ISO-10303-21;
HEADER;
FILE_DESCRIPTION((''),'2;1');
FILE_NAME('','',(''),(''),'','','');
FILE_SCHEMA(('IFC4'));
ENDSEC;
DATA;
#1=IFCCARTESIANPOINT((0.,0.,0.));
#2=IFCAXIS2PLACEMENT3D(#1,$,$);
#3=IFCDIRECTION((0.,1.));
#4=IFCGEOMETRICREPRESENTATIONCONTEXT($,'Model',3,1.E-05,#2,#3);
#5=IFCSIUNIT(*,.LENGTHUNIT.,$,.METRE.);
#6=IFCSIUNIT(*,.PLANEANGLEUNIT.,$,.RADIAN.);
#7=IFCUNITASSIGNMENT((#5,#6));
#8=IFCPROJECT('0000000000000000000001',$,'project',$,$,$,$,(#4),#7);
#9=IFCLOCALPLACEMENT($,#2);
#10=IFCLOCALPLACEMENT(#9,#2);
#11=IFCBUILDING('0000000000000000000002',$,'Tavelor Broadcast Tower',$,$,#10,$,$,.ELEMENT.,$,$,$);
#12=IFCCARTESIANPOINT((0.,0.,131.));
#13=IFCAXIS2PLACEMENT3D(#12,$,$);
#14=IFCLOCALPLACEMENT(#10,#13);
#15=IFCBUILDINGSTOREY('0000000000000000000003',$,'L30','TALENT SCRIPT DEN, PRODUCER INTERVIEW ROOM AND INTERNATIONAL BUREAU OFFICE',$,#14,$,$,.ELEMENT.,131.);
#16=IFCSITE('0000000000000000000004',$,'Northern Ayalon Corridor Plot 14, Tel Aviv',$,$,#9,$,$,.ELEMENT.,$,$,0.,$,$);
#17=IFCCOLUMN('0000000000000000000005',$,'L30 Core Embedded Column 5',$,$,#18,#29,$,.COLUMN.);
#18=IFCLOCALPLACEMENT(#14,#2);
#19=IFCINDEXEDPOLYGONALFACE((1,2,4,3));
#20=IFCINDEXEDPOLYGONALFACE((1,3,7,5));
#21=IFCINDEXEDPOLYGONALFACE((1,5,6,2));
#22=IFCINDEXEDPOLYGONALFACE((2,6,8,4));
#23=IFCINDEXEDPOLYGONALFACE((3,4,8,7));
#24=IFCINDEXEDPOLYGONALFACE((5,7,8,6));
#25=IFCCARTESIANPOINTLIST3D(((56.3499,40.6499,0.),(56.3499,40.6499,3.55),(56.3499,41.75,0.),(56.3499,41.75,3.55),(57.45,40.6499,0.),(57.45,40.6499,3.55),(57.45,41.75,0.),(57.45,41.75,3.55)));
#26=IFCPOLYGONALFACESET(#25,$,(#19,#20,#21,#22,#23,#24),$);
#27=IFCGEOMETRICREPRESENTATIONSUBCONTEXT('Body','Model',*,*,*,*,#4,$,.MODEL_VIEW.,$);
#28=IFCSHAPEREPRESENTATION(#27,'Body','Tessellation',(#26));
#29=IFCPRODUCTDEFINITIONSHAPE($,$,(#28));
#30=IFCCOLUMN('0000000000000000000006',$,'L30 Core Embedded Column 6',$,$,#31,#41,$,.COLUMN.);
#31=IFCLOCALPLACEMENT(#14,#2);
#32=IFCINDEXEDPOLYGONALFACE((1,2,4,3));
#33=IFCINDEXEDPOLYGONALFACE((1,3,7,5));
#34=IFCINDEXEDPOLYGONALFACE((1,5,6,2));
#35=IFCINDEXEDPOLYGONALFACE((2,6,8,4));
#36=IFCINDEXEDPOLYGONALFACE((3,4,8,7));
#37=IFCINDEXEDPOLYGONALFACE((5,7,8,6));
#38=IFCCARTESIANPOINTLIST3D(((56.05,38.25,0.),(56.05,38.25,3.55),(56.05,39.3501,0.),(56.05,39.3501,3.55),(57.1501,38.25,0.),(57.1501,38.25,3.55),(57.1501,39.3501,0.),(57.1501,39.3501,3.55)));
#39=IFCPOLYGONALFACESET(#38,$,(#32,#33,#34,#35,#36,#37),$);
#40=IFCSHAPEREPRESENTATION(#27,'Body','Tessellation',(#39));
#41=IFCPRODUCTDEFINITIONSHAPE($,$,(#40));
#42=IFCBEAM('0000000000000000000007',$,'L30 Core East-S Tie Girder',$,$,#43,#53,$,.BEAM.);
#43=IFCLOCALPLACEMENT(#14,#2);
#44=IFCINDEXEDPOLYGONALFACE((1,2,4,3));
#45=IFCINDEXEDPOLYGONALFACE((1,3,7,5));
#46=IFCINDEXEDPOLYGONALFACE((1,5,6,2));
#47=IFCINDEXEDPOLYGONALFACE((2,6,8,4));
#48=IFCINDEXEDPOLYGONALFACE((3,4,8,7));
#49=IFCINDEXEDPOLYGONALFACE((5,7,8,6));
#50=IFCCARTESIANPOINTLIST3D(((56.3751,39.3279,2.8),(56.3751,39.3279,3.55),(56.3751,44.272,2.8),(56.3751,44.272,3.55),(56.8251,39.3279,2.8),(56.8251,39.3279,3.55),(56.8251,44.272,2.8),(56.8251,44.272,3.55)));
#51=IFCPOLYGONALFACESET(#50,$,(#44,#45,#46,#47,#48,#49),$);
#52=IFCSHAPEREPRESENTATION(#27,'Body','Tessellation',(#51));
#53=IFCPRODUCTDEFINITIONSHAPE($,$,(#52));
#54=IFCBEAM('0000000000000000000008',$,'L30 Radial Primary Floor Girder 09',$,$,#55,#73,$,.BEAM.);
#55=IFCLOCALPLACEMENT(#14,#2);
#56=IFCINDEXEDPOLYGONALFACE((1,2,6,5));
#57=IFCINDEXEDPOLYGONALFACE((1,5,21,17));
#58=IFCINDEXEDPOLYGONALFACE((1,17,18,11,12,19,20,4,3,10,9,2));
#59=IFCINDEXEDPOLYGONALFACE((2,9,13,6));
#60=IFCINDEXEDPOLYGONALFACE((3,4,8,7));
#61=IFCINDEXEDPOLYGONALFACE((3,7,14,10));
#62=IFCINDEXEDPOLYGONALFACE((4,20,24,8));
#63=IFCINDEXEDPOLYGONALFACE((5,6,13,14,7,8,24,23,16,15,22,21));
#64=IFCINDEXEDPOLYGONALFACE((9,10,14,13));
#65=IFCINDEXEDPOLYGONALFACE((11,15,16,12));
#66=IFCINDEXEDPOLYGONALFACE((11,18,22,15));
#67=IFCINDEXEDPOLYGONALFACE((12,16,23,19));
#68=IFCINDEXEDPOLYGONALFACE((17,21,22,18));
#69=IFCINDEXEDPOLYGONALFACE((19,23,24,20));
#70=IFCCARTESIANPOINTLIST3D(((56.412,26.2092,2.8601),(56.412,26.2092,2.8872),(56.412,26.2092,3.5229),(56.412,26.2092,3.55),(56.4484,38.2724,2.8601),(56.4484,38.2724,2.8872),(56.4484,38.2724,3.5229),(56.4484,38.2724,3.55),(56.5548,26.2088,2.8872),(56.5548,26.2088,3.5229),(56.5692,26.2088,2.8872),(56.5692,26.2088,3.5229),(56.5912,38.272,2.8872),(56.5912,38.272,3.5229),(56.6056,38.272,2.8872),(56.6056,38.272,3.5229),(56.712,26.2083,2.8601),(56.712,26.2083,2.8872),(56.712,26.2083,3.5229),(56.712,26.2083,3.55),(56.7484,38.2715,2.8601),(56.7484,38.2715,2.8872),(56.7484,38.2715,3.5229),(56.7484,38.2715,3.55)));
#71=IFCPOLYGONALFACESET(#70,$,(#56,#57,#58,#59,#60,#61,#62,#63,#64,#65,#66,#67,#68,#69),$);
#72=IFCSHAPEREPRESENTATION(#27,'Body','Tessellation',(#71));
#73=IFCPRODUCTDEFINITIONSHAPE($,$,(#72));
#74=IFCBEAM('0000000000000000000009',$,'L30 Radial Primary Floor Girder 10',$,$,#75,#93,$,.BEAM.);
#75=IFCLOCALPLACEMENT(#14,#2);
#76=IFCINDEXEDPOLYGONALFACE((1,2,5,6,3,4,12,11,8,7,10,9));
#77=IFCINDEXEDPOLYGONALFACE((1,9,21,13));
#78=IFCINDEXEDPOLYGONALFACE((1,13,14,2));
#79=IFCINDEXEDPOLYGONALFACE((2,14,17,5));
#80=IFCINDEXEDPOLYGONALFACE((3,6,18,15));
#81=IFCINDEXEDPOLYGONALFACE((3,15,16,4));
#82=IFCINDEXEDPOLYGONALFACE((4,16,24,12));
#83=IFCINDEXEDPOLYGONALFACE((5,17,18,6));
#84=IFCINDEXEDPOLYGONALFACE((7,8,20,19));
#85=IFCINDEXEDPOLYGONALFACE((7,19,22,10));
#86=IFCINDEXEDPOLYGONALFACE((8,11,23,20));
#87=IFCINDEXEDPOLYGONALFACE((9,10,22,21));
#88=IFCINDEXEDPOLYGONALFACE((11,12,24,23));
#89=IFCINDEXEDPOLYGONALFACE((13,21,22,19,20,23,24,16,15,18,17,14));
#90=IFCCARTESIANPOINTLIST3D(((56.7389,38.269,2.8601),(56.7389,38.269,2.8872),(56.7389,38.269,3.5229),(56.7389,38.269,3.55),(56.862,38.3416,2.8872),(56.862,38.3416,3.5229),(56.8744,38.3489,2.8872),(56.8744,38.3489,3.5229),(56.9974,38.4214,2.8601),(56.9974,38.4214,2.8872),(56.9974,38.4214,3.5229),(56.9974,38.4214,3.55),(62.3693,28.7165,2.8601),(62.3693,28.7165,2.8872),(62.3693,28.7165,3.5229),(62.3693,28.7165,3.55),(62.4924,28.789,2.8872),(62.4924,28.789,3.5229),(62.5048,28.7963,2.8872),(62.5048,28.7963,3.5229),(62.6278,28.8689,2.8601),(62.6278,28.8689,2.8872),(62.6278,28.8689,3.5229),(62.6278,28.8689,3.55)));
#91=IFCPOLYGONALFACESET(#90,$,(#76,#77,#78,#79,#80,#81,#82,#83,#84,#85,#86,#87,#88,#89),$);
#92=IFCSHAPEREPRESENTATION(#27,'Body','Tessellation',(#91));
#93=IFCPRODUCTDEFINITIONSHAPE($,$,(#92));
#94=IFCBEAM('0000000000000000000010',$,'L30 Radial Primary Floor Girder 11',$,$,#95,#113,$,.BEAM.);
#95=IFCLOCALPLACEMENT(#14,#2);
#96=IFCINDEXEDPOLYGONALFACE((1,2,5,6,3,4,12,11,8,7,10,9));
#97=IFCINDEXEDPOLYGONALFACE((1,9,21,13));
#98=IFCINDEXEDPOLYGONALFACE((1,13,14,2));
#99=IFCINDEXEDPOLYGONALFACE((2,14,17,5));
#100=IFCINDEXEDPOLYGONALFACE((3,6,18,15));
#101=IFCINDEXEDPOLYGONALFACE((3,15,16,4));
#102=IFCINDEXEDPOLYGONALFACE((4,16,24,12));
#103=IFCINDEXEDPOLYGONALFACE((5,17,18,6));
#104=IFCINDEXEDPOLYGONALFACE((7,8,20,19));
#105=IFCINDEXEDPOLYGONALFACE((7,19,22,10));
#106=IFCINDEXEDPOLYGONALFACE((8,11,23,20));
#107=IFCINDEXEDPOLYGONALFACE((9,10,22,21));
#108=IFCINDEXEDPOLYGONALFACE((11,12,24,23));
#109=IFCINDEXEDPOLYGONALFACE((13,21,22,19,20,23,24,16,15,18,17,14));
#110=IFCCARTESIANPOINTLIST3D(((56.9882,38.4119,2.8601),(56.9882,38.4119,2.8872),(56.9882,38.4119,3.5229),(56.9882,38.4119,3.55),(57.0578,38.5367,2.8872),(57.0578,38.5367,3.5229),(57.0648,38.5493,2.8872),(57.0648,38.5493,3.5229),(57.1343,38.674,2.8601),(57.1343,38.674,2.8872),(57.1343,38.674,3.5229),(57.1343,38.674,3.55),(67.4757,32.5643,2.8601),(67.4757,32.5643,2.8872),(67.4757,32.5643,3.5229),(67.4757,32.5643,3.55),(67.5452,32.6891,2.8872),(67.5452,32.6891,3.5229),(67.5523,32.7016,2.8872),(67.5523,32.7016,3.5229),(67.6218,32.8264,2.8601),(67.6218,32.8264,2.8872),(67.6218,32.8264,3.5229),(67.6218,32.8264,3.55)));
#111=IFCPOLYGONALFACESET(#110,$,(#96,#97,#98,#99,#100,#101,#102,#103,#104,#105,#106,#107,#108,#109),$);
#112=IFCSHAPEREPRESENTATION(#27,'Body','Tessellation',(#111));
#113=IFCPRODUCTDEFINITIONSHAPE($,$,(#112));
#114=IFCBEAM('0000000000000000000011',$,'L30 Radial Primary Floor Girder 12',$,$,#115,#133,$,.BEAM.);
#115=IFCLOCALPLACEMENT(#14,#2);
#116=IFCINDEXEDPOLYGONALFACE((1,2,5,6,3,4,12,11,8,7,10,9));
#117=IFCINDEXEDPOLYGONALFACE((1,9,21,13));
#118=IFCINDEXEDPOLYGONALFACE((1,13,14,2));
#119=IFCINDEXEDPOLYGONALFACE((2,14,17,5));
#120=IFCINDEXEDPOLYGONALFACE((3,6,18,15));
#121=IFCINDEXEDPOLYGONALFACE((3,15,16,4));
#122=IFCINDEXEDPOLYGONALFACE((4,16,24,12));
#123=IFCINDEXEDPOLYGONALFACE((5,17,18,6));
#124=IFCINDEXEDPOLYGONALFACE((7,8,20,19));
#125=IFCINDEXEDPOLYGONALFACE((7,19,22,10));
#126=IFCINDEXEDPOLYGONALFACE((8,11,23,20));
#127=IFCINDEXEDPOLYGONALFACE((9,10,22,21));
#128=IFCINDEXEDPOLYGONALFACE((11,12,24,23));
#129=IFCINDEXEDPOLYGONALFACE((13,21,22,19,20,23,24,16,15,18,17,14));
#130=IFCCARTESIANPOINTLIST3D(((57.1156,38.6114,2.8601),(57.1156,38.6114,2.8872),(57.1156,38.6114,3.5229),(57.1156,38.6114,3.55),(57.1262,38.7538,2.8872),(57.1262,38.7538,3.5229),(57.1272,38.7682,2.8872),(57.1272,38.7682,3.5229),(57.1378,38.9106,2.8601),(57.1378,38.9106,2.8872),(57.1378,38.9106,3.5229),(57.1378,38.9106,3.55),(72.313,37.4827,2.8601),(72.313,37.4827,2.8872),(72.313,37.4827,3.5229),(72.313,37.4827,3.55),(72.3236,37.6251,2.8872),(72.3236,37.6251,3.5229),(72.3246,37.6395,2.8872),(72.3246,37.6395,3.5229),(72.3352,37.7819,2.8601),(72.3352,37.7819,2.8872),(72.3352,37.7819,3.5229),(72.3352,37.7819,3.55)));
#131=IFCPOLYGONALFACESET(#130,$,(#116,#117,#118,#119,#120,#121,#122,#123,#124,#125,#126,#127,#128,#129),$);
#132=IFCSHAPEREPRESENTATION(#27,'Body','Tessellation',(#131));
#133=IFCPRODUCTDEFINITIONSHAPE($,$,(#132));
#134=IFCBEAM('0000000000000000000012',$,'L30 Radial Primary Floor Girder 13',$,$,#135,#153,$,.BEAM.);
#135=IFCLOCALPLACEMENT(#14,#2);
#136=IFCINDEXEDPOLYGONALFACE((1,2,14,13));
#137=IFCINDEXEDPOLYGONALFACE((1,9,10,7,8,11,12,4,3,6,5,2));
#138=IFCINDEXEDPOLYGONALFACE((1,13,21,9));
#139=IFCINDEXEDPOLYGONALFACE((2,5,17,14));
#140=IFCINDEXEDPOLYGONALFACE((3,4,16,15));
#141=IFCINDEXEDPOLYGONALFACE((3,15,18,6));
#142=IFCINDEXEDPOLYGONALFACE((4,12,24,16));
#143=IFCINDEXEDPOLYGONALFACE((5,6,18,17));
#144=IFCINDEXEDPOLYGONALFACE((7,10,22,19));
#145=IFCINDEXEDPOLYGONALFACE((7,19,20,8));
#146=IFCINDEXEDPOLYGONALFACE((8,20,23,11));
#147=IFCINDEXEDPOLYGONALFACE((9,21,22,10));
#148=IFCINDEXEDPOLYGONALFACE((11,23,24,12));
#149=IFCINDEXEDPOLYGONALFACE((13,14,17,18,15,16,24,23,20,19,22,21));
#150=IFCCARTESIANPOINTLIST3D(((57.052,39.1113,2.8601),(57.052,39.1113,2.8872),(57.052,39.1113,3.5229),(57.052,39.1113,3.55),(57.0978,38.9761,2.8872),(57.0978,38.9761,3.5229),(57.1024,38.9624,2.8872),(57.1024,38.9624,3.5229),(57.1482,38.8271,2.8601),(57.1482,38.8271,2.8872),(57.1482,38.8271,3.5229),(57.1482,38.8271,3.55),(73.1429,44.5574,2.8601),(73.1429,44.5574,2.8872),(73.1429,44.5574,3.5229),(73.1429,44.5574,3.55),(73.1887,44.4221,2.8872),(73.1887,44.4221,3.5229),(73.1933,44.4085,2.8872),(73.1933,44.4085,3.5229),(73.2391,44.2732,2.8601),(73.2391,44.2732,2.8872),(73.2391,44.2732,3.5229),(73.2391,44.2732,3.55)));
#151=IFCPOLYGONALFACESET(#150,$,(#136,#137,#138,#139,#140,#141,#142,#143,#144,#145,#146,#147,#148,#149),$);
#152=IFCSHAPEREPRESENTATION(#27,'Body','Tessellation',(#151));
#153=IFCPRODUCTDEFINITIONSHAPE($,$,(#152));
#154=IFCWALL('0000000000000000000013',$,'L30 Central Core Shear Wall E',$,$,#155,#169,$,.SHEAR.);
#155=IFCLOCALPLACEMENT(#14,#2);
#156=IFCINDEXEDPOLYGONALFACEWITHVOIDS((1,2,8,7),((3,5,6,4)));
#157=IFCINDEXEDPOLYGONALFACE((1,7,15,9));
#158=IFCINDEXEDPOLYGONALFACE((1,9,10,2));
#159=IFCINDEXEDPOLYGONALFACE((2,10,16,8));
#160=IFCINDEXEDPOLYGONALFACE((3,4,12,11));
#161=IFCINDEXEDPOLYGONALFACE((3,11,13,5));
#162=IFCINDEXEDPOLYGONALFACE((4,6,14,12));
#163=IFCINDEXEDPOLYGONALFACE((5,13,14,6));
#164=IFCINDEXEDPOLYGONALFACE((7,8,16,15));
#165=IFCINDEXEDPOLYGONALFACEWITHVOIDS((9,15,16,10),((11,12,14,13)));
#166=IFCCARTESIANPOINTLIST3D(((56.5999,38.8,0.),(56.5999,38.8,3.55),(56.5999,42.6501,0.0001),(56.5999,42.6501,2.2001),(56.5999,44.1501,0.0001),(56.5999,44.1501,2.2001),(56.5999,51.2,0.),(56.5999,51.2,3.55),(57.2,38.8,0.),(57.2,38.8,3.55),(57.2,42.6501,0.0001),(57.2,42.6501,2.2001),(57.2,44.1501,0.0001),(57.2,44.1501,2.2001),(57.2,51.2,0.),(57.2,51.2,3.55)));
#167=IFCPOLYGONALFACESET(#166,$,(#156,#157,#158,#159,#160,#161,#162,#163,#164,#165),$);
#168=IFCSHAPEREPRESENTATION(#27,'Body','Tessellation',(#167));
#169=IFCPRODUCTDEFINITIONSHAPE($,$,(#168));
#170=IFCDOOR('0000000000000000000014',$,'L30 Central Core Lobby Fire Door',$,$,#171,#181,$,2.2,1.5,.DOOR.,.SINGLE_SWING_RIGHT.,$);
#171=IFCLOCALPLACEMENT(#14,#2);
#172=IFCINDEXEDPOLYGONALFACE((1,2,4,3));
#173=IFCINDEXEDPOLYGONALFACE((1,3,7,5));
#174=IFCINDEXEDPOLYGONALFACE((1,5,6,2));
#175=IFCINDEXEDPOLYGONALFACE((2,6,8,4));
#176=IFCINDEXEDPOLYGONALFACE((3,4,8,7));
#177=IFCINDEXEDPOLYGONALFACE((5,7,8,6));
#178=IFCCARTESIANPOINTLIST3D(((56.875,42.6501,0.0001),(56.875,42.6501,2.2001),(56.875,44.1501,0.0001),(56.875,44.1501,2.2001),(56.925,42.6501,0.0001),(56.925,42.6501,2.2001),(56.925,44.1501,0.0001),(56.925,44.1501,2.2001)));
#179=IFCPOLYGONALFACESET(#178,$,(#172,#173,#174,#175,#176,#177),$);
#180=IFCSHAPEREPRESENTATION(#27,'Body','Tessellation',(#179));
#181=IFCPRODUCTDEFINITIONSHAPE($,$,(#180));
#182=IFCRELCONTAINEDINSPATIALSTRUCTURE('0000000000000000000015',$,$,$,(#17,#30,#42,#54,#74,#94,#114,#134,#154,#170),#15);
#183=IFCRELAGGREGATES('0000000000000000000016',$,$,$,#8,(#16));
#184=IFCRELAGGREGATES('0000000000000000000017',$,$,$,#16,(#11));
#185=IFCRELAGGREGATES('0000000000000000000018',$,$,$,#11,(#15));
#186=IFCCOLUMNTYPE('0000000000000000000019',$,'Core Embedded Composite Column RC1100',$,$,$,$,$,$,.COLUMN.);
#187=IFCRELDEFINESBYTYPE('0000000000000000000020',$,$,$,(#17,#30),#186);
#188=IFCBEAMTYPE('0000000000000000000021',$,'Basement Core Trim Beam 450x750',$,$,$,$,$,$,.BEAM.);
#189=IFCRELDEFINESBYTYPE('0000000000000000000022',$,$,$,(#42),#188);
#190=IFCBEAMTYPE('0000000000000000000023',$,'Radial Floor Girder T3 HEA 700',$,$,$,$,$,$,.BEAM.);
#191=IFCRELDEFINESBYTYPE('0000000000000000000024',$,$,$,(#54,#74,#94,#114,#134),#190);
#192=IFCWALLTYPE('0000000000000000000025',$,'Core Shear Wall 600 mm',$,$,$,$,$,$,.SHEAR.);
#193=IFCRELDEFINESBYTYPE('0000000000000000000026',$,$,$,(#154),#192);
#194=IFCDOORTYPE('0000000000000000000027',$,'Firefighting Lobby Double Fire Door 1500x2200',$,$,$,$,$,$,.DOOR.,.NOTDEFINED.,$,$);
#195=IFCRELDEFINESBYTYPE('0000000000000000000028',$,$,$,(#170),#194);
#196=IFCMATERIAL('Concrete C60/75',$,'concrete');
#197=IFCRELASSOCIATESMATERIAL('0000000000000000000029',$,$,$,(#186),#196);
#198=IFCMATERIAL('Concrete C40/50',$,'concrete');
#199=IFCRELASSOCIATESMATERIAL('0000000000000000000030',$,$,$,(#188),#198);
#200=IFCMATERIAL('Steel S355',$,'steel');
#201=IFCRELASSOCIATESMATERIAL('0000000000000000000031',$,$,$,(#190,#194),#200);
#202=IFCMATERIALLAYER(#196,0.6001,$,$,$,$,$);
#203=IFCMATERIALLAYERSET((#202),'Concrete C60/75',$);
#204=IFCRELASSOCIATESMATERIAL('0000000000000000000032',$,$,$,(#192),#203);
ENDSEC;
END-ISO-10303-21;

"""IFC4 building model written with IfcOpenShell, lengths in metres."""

from ifc_helpers import new_model, si_unit, direction, frame, frame_2d, origin, origin_2d, place, context, subcontext, project, spatial, rectangle, i_section, extrude, material, layer, layer_set, material_profile, profile_set, type_object, element, fill, save


model = new_model("IFC4")

# Units and contexts
model_context = context("Model", 3, precision=1e-05, world=origin(), true_north=direction((0.0, 1.0)))
body_context = subcontext(model_context, "Body", "Model", "MODEL_VIEW")
ifc_project = project(units=[si_unit("LENGTHUNIT", "METRE"), si_unit("PLANEANGLEUNIT", "RADIAN")], contexts=[model_context])

# Site, building, storey
site_placement = place(None, origin())
site = spatial("IfcSite", under=ifc_project, at=site_placement, Name="Northern Ayalon Corridor Plot 14, Tel Aviv", CompositionType="ELEMENT", RefElevation=0.0)
building_placement = place(site_placement, origin())
building = spatial("IfcBuilding", under=site, at=building_placement, Name="Tavelor Broadcast Tower", CompositionType="ELEMENT")
storey_placement = place(building_placement, frame((0.0, 0.0, 131.0)))
storey = spatial("IfcBuildingStorey", under=building, at=storey_placement, Name="L30", Description="TALENT SCRIPT DEN, PRODUCER INTERVIEW ROOM AND INTERNATIONAL BUREAU OFFICE", CompositionType="ELEMENT", Elevation=131.0)

# Columns
ifc_material_1 = material(Name="Concrete C60/75", Category="concrete")
ifc_material_profile_1 = material_profile(ifc_material_1, rectangle(XDim=1.1001, YDim=1.1001, at=origin_2d()), Name="RC 1100x1100")
ifc_profile_set_1 = profile_set([ifc_material_profile_1], Name="Concrete C60/75")
column_type = type_object("IfcColumnType", Name="Core Embedded Composite Column RC1100", PredefinedType="COLUMN", material=ifc_profile_set_1)
for number, where, z_axis, x_axis, name in (
    (1, (56.8999, 41.2, 0.0), (0.0, 0.0, 1.0), (1.0, 0.0, 0.0), "L30 Core Embedded Column 5"),
    (2, (56.6001, 38.8, 0.0), (0.0, 0.0, 1.0), (1.0, 0.0, 0.0), "L30 Core Embedded Column 6"),
):
    element("IfcColumn", number, at=place(storey_placement, frame(where, z_axis=z_axis, x_axis=x_axis)), inside=storey, type_object=column_type, Name=name, PredefinedType="COLUMN", context=body_context, shape_type="SweptSolid", body=[
        extrude(rectangle(XDim=1.1001, YDim=1.1001, at=origin_2d()), origin(), (0.0, 0.0, 1.0), 3.55),
    ])

# Beams
ifc_material_2 = material(Name="Concrete C40/50", Category="concrete")
ifc_material_profile_2 = material_profile(ifc_material_2, rectangle(XDim=0.45, YDim=0.75, at=origin_2d()), Name="RC 450x750")
ifc_profile_set_2 = profile_set([ifc_material_profile_2], Name="Concrete C40/50")
beam_type_1 = type_object("IfcBeamType", Name="Basement Core Trim Beam 450x750", PredefinedType="BEAM", material=ifc_profile_set_2)
beam_1_placement = place(storey_placement, frame((56.6001, 39.3279, 3.175), z_axis=(0.0, 1.0, 0.0), x_axis=(-1.0, 0.0, 0.0)))
element("IfcBeam", 3, at=beam_1_placement, inside=storey, type_object=beam_type_1, Name="L30 Core East-S Tie Girder", PredefinedType="BEAM", context=body_context, shape_type="SweptSolid", body=[
    extrude(rectangle(XDim=0.45, YDim=0.75, at=origin_2d()), origin(), (0.0, 0.0, 1.0), 4.9441),
])
ifc_material_3 = material(Name="Steel S355", Category="steel")
ifc_material_profile_3 = material_profile(ifc_material_3, i_section(OverallWidth=0.3, OverallDepth=0.6899, WebThickness=0.0144, FlangeThickness=0.0271, at=origin_2d()), Name="HEA 700")
ifc_profile_set_3 = profile_set([ifc_material_profile_3], Name="Steel S355")
beam_type_2 = type_object("IfcBeamType", Name="Radial Floor Girder T3 HEA 700", PredefinedType="BEAM", material=ifc_profile_set_3)
beam_2_placement = place(storey_placement, frame((56.5984, 38.272, 3.2051), z_axis=(-0.003016, -0.999995, 0.0), x_axis=(0.999995, -0.003016, 0.0)))
element("IfcBeam", 4, at=beam_2_placement, inside=storey, type_object=beam_type_2, Name="L30 Radial Primary Floor Girder 09", PredefinedType="BEAM", context=body_context, shape_type="SweptSolid", body=[
    extrude(i_section(OverallWidth=0.3, OverallDepth=0.6899, WebThickness=0.0144, FlangeThickness=0.0271, at=origin_2d()), origin(), (0.0, 0.0, 1.0), 12.0632),
])
beam_3_placement = place(storey_placement, frame((56.8682, 38.3452, 3.2051), z_axis=(0.507774, -0.86149, 0.0), x_axis=(0.86149, 0.507774, 0.0)))
element("IfcBeam", 5, at=beam_3_placement, inside=storey, type_object=beam_type_2, Name="L30 Radial Primary Floor Girder 10", PredefinedType="BEAM", context=body_context, shape_type="SweptSolid", body=[
    extrude(i_section(OverallWidth=0.3, OverallDepth=0.6899, WebThickness=0.0144, FlangeThickness=0.0271, at=origin_2d()), origin(), (0.0, 0.0, 1.0), 11.0884),
])
beam_4_placement = place(storey_placement, frame((57.0613, 38.543, 3.2051), z_axis=(0.873405, -0.486994, 0.0), x_axis=(0.486994, 0.873405, 0.0)))
element("IfcBeam", 6, at=beam_4_placement, inside=storey, type_object=beam_type_2, Name="L30 Radial Primary Floor Girder 11", PredefinedType="BEAM", context=body_context, shape_type="SweptSolid", body=[
    extrude(i_section(OverallWidth=0.3, OverallDepth=0.6899, WebThickness=0.0144, FlangeThickness=0.0271, at=origin_2d()), origin(), (0.0, 0.0, 1.0), 12.0076),
])
beam_5_placement = place(storey_placement, frame((57.1267, 38.761, 3.2051), z_axis=(0.997254, -0.074062, 0.0), x_axis=(0.074062, 0.997254, 0.0)))
element("IfcBeam", 7, at=beam_5_placement, inside=storey, type_object=beam_type_2, Name="L30 Radial Primary Floor Girder 12", PredefinedType="BEAM", context=body_context, shape_type="SweptSolid", body=[
    extrude(i_section(OverallWidth=0.3, OverallDepth=0.6899, WebThickness=0.0144, FlangeThickness=0.0271, at=origin_2d()), origin(), (0.0, 0.0, 1.0), 15.2393),
])
beam_6_placement = place(storey_placement, frame((57.1001, 38.9692, 3.2051), z_axis=(0.947217, 0.320592, 0.0), x_axis=(-0.320592, 0.947217, 0.0)))
element("IfcBeam", 8, at=beam_6_placement, inside=storey, type_object=beam_type_2, Name="L30 Radial Primary Floor Girder 13", PredefinedType="BEAM", context=body_context, shape_type="SweptSolid", body=[
    extrude(i_section(OverallWidth=0.3, OverallDepth=0.6899, WebThickness=0.0144, FlangeThickness=0.0271, at=origin_2d()), origin(), (0.0, 0.0, 1.0), 16.9875),
])

# Wall, opening, door
ifc_layer_1 = layer(ifc_material_1, 0.6001)
ifc_layer_set_1 = layer_set([ifc_layer_1], Name="Concrete C60/75")
wall_type_1 = type_object("IfcWallType", Name="Core Shear Wall 600 mm", PredefinedType="SHEAR", material=ifc_layer_set_1)
wall_1_placement = place(storey_placement, frame((56.8999, 38.8, 0.0), z_axis=(0.0, 0.0, 1.0), x_axis=(0.0, 1.0, 0.0)))
wall_1 = element("IfcWall", 9, at=wall_1_placement, inside=storey, type_object=wall_type_1, Name="L30 Central Core Shear Wall E", PredefinedType="SHEAR", context=body_context, shape_type="SweptSolid", body=[
    extrude(rectangle(XDim=12.3999, YDim=0.6001, at=frame_2d((6.2, 0.0))), origin(), (0.0, 0.0, 1.0), 3.55),
])
opening_1_placement = place(wall_1_placement, frame((3.8501, 0.0, 0.0)))
opening_1 = element("IfcOpeningElement", 10, at=opening_1_placement, cuts=wall_1, PredefinedType="OPENING", context=body_context, shape_type="SweptSolid", body=[
    extrude(rectangle(XDim=1.5, YDim=2.2, at=frame_2d((0.75, 1.1001))), frame((0.0, 0.3101, 0.0), z_axis=(0.0, -1.0, 0.0), x_axis=(1.0, 0.0, 0.0)), (0.0, 0.0, 1.0), 0.6201),
])
door_type_1 = type_object("IfcDoorType", Name="Firefighting Lobby Double Fire Door 1500x2200", OperationType="NOTDEFINED", PredefinedType="DOOR", material=ifc_material_3)
door_1_placement = place(opening_1_placement, origin())
door_1 = element("IfcDoor", 11, at=door_1_placement, inside=storey, type_object=door_type_1, Name="L30 Central Core Lobby Fire Door", OperationType="SINGLE_SWING_RIGHT", OverallHeight=2.2, OverallWidth=1.5, PredefinedType="DOOR", context=body_context, shape_type="SweptSolid", body=[
    extrude(rectangle(XDim=1.5, YDim=2.2, at=frame_2d((0.75, 1.1001))), frame((0.0, 0.0249, 0.0), z_axis=(0.0, -1.0, 0.0), x_axis=(1.0, 0.0, 0.0)), (0.0, 0.0, 1.0), 0.05),
])
fill(opening_1, door_1)

save(model, "model.ifc")
